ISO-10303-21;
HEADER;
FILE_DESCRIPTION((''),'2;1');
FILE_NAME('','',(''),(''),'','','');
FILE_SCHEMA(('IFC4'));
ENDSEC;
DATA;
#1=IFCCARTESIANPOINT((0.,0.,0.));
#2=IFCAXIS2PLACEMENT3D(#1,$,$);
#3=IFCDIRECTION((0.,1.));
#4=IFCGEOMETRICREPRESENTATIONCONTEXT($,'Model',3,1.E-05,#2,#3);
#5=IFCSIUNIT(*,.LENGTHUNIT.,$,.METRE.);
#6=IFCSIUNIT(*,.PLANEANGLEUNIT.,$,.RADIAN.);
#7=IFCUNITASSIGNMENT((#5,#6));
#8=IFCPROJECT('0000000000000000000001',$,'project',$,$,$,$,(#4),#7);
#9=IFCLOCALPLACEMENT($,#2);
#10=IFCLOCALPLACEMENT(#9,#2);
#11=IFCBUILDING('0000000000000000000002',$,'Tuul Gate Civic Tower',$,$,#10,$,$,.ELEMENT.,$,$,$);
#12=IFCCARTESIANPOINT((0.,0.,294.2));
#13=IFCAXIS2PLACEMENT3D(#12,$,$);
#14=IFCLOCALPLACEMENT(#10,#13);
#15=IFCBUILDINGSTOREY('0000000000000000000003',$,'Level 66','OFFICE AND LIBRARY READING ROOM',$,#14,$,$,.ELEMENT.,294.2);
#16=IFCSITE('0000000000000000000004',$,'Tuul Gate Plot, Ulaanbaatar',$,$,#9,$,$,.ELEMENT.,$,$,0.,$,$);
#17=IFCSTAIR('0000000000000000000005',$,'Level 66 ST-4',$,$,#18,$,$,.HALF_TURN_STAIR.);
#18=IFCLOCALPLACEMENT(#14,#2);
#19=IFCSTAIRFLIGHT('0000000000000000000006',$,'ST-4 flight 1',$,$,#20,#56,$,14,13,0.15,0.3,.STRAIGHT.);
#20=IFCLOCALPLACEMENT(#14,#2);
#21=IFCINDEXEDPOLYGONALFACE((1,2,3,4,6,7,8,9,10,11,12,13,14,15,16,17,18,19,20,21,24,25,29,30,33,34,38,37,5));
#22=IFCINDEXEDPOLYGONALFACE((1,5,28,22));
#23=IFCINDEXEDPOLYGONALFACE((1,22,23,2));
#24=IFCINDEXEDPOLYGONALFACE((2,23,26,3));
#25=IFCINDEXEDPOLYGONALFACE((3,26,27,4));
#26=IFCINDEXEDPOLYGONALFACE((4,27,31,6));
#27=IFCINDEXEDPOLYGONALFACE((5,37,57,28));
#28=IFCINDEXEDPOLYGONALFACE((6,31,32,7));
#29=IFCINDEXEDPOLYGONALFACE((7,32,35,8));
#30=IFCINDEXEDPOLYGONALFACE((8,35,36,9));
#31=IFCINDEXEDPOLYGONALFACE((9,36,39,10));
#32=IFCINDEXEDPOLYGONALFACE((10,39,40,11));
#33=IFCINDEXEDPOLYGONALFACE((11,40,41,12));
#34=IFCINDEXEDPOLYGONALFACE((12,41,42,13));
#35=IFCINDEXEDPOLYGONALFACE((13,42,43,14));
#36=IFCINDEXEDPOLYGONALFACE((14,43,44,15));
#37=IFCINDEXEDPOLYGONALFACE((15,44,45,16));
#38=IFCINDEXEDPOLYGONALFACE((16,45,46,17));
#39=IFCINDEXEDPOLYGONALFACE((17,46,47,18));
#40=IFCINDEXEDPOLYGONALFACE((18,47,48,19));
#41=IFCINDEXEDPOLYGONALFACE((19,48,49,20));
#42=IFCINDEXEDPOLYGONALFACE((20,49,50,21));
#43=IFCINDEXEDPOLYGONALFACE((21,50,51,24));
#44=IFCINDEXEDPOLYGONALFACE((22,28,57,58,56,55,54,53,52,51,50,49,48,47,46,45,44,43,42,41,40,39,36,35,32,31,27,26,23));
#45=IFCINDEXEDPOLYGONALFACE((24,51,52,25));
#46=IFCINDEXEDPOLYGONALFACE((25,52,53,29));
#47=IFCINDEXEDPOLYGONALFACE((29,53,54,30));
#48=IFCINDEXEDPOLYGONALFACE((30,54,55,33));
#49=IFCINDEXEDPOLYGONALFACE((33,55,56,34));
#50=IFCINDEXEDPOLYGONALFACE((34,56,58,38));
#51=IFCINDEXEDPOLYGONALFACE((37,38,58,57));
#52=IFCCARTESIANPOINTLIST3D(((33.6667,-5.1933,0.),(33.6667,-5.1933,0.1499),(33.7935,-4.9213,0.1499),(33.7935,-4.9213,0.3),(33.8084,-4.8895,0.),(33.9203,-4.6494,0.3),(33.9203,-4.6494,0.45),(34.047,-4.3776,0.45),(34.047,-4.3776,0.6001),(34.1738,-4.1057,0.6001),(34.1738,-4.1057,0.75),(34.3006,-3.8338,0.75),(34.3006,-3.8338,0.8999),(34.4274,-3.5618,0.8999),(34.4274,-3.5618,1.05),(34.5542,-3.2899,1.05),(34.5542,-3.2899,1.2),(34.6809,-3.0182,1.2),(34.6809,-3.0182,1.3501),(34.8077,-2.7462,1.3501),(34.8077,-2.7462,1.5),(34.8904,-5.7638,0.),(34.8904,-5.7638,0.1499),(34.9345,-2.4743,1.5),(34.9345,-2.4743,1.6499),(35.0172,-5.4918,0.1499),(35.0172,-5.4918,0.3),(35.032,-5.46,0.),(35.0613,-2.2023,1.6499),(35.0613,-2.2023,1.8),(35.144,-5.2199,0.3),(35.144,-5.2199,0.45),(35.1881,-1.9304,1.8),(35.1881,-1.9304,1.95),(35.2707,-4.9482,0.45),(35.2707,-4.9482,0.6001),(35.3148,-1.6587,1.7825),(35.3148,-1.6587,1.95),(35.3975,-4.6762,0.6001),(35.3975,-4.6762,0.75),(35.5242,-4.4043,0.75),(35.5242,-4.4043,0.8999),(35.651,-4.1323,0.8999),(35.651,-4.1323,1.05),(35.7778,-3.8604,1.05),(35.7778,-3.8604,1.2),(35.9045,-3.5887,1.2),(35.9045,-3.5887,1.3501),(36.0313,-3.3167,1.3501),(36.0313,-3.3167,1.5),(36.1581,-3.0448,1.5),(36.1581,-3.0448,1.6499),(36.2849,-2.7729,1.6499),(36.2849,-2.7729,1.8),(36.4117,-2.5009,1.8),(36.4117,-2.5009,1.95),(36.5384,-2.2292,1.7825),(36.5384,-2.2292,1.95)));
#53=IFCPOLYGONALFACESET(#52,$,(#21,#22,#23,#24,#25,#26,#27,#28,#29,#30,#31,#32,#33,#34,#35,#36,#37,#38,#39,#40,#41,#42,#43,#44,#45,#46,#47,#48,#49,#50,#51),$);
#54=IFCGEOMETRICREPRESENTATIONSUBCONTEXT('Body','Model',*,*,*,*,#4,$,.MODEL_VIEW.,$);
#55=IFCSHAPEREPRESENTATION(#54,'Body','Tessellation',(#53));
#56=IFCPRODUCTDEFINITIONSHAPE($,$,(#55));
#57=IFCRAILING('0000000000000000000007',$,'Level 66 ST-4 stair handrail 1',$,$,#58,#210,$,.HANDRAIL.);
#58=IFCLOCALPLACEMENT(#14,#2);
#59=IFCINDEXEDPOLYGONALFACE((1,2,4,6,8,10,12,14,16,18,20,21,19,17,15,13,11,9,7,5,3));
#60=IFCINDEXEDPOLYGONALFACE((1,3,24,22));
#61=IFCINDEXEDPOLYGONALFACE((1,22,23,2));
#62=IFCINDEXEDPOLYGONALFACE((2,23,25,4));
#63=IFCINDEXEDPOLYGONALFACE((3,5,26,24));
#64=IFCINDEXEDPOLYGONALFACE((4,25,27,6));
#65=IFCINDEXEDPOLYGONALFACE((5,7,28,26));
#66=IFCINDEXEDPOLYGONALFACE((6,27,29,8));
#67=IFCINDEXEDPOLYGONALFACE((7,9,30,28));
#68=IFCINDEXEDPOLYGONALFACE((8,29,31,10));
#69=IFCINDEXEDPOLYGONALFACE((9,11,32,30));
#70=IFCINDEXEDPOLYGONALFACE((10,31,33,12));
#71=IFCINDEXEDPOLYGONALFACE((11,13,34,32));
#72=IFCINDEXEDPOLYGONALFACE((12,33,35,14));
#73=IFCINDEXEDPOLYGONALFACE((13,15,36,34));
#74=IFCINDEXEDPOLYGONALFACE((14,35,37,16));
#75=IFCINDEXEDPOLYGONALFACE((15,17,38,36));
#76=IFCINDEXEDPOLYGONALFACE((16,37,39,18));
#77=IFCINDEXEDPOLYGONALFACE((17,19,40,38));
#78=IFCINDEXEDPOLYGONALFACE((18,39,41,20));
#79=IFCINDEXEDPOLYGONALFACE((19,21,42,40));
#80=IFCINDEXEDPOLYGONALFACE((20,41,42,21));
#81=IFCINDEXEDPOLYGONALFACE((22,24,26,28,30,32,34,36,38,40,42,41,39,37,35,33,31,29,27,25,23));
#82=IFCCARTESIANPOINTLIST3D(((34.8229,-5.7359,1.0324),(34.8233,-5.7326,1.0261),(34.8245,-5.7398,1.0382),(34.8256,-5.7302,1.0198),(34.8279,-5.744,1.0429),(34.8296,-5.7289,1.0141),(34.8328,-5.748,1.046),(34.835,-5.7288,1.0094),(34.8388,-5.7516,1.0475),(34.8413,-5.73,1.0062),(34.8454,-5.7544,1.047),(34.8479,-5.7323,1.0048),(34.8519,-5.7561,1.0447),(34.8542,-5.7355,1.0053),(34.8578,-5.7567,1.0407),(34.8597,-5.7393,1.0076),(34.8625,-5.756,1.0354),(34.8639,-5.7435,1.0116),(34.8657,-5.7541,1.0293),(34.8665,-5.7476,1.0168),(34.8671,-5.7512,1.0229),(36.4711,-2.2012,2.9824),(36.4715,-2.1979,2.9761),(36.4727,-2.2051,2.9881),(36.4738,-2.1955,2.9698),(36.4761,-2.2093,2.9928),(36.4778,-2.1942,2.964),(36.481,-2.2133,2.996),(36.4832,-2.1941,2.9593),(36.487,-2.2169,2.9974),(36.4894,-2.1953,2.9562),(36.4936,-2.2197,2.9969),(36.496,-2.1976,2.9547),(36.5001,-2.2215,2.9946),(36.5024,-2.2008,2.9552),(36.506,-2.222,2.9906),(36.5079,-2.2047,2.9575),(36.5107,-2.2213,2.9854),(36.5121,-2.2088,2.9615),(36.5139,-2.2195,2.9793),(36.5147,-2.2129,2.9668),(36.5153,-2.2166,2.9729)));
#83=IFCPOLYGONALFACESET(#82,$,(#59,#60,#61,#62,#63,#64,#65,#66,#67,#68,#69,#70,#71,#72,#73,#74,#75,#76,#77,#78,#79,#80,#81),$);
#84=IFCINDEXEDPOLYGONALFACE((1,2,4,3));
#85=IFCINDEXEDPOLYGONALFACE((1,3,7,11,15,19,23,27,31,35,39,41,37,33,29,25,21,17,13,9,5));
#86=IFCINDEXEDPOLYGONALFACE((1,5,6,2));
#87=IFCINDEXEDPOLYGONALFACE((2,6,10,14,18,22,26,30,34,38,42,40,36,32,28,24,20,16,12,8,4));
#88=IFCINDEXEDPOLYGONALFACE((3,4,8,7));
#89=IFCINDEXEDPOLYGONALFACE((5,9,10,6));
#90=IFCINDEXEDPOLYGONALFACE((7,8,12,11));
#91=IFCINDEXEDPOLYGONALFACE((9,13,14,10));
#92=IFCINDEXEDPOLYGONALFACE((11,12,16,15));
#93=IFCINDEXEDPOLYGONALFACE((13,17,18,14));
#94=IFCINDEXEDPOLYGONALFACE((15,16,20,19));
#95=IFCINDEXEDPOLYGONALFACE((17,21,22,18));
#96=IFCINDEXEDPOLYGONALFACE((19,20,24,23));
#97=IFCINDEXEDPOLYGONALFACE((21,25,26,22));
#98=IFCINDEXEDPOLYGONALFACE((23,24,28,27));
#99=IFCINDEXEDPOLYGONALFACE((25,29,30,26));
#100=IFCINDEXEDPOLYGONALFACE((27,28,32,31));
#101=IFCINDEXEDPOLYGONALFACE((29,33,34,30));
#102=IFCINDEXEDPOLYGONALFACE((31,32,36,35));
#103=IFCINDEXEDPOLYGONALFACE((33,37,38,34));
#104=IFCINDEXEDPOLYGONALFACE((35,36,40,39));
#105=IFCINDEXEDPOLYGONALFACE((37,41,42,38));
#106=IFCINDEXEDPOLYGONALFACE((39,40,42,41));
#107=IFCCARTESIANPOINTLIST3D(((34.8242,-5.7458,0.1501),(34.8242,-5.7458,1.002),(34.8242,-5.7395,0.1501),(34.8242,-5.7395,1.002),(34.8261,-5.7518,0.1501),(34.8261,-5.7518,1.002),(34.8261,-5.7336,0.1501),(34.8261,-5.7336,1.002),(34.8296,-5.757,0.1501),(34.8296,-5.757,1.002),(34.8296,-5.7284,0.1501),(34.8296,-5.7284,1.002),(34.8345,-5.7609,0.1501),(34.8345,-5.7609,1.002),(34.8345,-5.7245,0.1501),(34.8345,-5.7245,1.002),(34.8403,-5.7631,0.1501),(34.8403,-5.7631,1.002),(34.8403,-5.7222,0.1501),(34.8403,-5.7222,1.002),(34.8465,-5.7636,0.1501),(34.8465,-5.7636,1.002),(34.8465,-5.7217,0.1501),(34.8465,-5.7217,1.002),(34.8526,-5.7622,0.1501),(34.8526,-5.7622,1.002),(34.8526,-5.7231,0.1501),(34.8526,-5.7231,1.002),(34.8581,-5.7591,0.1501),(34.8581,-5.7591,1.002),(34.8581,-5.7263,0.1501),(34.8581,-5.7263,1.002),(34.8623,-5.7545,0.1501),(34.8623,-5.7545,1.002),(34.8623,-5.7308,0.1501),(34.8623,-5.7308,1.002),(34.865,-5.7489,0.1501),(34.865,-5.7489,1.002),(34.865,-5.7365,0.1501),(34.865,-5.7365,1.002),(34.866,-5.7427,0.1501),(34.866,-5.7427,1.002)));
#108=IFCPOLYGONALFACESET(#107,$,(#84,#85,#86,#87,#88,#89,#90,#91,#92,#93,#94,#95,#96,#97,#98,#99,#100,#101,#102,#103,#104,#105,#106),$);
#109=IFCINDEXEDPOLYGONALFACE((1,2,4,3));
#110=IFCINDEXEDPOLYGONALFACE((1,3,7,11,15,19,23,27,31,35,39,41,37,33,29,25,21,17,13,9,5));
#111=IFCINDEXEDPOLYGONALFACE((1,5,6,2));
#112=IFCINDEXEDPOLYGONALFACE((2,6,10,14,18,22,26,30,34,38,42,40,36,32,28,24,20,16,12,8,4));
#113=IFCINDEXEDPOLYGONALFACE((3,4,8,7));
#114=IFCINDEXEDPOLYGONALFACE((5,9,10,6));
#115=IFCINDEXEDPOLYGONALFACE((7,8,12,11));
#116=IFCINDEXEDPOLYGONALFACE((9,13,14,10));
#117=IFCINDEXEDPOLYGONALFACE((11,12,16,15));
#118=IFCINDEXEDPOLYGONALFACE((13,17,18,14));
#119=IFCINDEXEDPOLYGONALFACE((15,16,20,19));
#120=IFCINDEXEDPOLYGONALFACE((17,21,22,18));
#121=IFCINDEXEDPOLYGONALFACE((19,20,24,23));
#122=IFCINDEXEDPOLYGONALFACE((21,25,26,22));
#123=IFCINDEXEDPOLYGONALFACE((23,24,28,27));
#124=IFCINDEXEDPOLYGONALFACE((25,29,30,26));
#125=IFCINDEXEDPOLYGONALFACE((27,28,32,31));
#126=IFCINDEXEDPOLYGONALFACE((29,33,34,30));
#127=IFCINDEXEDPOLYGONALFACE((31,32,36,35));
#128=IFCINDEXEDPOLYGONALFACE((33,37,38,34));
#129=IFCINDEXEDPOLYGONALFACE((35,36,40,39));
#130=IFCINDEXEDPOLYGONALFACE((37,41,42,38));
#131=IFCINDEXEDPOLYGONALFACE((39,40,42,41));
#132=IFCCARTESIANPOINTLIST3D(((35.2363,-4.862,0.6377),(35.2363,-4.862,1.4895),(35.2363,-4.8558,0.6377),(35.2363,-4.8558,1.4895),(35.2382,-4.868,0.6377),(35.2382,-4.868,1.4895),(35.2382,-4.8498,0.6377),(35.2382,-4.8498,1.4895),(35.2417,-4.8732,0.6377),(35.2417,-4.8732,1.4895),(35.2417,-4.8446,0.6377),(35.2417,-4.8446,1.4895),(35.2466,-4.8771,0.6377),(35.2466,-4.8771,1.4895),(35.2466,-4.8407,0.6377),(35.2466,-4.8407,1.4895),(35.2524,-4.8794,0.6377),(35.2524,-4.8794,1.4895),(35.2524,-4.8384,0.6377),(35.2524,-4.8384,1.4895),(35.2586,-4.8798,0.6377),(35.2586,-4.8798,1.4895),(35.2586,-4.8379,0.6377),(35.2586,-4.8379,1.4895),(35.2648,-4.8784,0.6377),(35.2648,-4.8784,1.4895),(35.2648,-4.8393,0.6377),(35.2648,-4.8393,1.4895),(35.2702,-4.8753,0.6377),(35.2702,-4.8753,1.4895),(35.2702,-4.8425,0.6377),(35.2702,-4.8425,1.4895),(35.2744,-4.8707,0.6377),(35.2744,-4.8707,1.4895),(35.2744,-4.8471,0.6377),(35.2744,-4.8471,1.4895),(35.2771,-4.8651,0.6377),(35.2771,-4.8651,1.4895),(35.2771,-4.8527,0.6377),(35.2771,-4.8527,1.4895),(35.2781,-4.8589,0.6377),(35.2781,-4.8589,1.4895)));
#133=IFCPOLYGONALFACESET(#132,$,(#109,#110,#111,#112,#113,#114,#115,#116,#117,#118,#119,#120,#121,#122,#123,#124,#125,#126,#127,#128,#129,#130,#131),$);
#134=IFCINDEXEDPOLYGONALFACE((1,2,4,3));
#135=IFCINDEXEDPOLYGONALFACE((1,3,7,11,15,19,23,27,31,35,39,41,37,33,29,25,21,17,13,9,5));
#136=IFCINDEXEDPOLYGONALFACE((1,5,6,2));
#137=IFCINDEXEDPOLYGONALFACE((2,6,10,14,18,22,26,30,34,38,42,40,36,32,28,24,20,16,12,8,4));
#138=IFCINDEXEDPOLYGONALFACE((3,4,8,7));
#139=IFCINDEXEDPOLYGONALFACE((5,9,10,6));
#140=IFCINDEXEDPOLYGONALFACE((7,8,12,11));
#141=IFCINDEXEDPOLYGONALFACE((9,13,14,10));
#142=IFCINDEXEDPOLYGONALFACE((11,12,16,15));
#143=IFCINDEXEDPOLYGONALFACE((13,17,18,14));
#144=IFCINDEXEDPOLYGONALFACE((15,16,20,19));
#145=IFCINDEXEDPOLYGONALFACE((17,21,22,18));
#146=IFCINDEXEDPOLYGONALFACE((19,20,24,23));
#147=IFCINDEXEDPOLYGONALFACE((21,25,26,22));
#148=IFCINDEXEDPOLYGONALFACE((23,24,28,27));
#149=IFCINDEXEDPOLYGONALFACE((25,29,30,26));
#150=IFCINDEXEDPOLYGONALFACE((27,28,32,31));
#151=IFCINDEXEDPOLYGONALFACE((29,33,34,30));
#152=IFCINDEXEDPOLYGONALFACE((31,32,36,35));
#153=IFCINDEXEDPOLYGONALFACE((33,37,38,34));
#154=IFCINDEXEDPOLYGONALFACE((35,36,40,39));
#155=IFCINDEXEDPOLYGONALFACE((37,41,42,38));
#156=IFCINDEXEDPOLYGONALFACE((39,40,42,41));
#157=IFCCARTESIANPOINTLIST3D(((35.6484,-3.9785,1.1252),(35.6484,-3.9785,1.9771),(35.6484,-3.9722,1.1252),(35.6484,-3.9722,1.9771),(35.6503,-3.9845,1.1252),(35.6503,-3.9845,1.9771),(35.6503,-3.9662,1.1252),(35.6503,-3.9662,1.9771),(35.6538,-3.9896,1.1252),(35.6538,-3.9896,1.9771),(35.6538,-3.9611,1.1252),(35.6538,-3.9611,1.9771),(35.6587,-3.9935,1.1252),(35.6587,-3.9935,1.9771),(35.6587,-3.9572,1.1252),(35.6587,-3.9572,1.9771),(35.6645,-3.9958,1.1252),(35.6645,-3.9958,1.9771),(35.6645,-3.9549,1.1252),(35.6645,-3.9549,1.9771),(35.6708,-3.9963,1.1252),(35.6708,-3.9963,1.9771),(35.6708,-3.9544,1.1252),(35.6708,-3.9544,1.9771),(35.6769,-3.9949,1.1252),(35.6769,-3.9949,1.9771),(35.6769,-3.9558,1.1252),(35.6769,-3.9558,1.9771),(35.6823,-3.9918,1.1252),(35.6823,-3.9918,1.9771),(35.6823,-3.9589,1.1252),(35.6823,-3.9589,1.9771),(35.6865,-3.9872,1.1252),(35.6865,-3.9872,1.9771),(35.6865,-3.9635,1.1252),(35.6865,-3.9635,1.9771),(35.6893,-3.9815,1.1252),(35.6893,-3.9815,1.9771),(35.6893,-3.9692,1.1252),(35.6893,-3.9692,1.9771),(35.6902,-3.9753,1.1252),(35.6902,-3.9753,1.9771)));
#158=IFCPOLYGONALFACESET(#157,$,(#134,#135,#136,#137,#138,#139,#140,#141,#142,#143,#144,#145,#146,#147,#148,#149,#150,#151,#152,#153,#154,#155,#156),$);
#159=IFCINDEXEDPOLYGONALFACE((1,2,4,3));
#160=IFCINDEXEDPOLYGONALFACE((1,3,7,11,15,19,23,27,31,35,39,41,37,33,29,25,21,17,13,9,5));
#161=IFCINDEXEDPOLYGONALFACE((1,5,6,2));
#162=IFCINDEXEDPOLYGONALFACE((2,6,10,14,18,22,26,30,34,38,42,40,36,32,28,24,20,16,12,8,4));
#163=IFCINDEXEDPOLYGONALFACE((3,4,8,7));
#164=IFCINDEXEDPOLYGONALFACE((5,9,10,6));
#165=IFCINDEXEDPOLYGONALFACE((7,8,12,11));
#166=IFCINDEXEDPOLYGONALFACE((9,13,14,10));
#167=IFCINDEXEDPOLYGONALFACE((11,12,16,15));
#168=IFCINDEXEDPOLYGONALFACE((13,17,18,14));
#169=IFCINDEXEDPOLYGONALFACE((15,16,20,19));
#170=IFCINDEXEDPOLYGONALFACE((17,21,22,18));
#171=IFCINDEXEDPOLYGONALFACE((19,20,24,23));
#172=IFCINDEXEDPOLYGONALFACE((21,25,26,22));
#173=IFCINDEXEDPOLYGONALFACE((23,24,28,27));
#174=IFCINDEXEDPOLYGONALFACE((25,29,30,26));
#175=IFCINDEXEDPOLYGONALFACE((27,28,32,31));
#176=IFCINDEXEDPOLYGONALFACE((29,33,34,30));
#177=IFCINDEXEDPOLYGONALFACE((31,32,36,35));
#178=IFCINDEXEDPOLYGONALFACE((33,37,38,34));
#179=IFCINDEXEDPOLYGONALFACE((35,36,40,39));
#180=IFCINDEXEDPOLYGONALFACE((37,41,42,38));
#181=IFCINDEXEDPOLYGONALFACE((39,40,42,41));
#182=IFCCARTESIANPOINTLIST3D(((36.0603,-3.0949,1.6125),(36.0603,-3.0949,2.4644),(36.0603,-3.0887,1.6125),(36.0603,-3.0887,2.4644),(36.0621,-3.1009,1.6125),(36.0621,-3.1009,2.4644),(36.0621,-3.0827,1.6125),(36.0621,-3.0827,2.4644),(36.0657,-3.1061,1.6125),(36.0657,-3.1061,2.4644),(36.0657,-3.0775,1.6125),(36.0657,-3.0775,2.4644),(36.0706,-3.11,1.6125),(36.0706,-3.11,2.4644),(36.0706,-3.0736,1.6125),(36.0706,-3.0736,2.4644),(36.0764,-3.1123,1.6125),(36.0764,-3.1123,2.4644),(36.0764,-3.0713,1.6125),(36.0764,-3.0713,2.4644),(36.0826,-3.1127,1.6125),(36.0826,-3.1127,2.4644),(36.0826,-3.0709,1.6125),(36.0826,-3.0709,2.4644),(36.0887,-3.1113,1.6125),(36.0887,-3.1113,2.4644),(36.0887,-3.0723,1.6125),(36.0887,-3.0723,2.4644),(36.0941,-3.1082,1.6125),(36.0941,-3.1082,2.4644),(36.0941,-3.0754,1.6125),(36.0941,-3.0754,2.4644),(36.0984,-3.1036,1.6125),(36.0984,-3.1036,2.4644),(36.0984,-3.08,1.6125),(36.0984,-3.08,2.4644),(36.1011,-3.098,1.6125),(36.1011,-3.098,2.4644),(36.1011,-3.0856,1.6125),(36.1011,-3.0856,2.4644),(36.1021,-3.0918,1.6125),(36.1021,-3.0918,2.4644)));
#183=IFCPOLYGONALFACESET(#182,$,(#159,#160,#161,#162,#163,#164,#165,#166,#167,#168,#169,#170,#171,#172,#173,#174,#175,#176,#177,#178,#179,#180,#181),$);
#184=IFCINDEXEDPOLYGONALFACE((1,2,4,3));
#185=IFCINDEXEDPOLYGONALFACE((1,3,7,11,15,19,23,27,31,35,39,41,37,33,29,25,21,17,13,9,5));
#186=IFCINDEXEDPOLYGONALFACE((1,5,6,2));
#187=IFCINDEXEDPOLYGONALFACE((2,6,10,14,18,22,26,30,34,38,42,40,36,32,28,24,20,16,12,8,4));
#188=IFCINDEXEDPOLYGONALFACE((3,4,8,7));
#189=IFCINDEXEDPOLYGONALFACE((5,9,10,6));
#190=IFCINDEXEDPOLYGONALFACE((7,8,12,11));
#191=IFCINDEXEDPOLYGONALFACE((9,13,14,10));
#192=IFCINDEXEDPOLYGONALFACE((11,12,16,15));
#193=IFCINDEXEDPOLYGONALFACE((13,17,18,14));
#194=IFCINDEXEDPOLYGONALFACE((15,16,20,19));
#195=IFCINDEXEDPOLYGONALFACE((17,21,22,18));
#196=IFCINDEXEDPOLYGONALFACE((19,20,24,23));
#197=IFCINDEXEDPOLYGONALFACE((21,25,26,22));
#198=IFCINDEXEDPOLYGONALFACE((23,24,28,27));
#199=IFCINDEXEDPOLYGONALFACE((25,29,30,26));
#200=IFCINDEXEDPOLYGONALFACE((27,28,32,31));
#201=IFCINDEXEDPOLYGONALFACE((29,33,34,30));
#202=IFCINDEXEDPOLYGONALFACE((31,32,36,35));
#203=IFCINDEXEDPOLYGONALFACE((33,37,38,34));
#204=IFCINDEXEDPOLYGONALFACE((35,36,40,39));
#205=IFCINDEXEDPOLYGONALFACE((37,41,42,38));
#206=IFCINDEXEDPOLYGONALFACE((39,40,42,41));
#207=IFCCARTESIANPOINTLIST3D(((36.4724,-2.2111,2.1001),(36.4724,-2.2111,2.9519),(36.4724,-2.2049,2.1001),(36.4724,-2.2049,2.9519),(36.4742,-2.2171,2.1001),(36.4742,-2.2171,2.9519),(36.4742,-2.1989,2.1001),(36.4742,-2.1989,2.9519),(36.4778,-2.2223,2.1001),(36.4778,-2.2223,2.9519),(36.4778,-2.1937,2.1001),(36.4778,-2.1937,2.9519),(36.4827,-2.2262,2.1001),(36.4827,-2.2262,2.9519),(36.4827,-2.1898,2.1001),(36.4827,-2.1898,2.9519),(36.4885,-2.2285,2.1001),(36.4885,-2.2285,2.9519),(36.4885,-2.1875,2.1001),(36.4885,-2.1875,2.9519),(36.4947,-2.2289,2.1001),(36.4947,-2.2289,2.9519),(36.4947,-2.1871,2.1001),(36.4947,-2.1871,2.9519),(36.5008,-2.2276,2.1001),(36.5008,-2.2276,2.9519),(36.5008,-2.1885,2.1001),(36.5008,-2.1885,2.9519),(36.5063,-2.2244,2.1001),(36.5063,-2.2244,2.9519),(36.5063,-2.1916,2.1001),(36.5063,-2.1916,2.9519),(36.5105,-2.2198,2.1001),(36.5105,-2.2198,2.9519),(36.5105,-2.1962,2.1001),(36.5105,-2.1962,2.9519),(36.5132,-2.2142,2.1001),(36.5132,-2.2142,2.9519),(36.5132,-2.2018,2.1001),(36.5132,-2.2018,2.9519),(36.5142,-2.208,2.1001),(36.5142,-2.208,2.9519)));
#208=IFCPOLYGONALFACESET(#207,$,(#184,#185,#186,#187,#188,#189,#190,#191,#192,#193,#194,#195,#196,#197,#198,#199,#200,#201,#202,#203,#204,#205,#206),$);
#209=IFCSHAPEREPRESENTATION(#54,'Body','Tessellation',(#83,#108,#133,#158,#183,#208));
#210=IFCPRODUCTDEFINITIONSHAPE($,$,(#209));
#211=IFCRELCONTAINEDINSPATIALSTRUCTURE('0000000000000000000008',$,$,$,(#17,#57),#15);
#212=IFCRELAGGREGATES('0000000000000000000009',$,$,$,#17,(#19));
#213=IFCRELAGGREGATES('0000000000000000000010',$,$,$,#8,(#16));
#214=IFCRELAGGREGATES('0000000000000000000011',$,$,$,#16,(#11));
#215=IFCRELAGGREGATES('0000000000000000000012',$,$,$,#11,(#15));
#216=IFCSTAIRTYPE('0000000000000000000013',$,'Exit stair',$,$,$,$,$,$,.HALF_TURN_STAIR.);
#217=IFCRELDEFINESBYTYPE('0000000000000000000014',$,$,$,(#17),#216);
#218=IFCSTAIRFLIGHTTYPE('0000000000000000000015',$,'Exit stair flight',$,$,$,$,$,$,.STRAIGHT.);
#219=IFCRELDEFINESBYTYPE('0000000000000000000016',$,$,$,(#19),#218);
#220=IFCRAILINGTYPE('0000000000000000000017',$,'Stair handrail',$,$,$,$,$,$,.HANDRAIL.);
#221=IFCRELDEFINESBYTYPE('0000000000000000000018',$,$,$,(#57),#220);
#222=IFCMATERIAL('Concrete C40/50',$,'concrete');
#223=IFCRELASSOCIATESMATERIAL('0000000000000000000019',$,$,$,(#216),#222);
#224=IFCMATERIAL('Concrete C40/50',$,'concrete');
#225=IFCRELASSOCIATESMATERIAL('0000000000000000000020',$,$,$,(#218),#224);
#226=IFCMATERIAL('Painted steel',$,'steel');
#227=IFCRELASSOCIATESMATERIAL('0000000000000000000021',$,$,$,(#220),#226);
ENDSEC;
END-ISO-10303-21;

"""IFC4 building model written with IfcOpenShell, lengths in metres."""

from ifc_helpers import new_model, si_unit, direction, frame, origin, origin_2d, place, context, subcontext, project, spatial, polyline, circle, outline, extrude, material, type_object, element, aggregate, save


model = new_model("IFC4")

# Units and contexts
model_context = context("Model", 3, precision=1e-05, world=origin(), true_north=direction((0.0, 1.0)))
body_context = subcontext(model_context, "Body", "Model", "MODEL_VIEW")
ifc_project = project(units=[si_unit("LENGTHUNIT", "METRE"), si_unit("PLANEANGLEUNIT", "RADIAN")], contexts=[model_context])

# Site, building, storey
site_placement = place(None, origin())
site = spatial("IfcSite", under=ifc_project, at=site_placement, Name="Tuul Gate Plot, Ulaanbaatar", CompositionType="ELEMENT", RefElevation=0.0)
building_placement = place(site_placement, origin())
building = spatial("IfcBuilding", under=site, at=building_placement, Name="Tuul Gate Civic Tower", CompositionType="ELEMENT")
storey_placement = place(building_placement, frame((0.0, 0.0, 294.2)))
storey = spatial("IfcBuildingStorey", under=building, at=storey_placement, Name="Level 66", Description="OFFICE AND LIBRARY READING ROOM", CompositionType="ELEMENT", Elevation=294.2)

# Stair, stair flight
ifc_material_1 = material(Name="Concrete C40/50", Category="concrete")
stair_type = type_object("IfcStairType", Name="Exit stair", PredefinedType="HALF_TURN_STAIR", material=ifc_material_1)
stair_placement = place(storey_placement, origin())
stair = element("IfcStair", 1, at=stair_placement, inside=storey, type_object=stair_type, Name="Level 66 ST-4", PredefinedType="HALF_TURN_STAIR")
ifc_material_2 = material(Name="Concrete C40/50", Category="concrete")
stair_flight_type = type_object("IfcStairFlightType", Name="Exit stair flight", PredefinedType="STRAIGHT", material=ifc_material_2)
stair_flight_placement = place(storey_placement, frame((34.2786, -5.4785, 0.0), z_axis=(0.0, 0.0, 1.0), x_axis=(0.422576, 0.906327, 0.0)))
stair_flight = element("IfcStairFlight", 2, at=stair_flight_placement, type_object=stair_flight_type, Name="ST-4 flight 1", NumberOfRisers=14, NumberOfTreads=13, PredefinedType="STRAIGHT", RiserHeight=0.15, TreadLength=0.3, context=body_context, shape_type="SweptSolid", body=[
    extrude(outline(polyline([(0.0, 0.0), (0.0, 0.1499), (0.3, 0.1499), (0.3, 0.3), (0.6001, 0.3), (0.6001, 0.45), (0.8999, 0.45), (0.8999, 0.6001), (1.2, 0.6001), (1.2, 0.75), (1.5, 0.75), (1.5, 0.8999), (1.8, 0.8999), (1.8, 1.05), (2.1001, 1.05), (2.1001, 1.2), (2.3999, 1.2), (2.3999, 1.3501), (2.7, 1.3501), (2.7, 1.5), (3.0, 1.5), (3.0, 1.6499), (3.3, 1.6499), (3.3, 1.8), (3.6001, 1.8), (3.6001, 1.95), (3.8999, 1.95), (3.8999, 2.1001), (3.8999, 1.7825), (0.3352, 0.0), (0.0, 0.0)])), frame((0.0, 0.675, 0.0), z_axis=(0.0, -1.0, 0.0), x_axis=(1.0, 0.0, 0.0)), (0.0, 0.0, 1.0), 1.3501),
])
aggregate(stair, [stair_flight])

# Railing
ifc_material_3 = material(Name="Painted steel", Category="steel")
railing_type_1 = type_object("IfcRailingType", Name="Stair handrail", PredefinedType="HANDRAIL", material=ifc_material_3)
railing_1_placement = place(storey_placement, frame((34.845, -5.7427, 0.1501)))
element("IfcRailing", 3, at=railing_1_placement, inside=storey, type_object=railing_type_1, Name="Level 66 ST-4 stair handrail 1", PredefinedType="HANDRAIL", context=body_context, shape_type="SweptSolid", body=[
    extrude(circle(Radius=0.0239, at=origin_2d()), frame((0.0, 0.0, 0.876), z_axis=(0.377995, 0.810637, 0.4472), x_axis=(-0.906313, 0.422608, 0.0)), (0.0, 0.0, 1.0), 4.3604),
    extrude(circle(Radius=0.021, at=origin_2d()), origin(), (0.0, 0.0, 1.0), 0.8518),
    extrude(circle(Radius=0.021, at=origin_2d()), frame((0.4121, 0.8838, 0.4875)), (0.0, 0.0, 1.0), 0.8518),
    extrude(circle(Radius=0.021, at=origin_2d()), frame((0.8242, 1.7673, 0.9751)), (0.0, 0.0, 1.0), 0.8518),
    extrude(circle(Radius=0.021, at=origin_2d()), frame((1.2361, 2.6509, 1.4624)), (0.0, 0.0, 1.0), 0.8518),
    extrude(circle(Radius=0.021, at=origin_2d()), frame((1.6482, 3.5347, 1.95)), (0.0, 0.0, 1.0), 0.8518),
])

save(model, "model.ifc")
